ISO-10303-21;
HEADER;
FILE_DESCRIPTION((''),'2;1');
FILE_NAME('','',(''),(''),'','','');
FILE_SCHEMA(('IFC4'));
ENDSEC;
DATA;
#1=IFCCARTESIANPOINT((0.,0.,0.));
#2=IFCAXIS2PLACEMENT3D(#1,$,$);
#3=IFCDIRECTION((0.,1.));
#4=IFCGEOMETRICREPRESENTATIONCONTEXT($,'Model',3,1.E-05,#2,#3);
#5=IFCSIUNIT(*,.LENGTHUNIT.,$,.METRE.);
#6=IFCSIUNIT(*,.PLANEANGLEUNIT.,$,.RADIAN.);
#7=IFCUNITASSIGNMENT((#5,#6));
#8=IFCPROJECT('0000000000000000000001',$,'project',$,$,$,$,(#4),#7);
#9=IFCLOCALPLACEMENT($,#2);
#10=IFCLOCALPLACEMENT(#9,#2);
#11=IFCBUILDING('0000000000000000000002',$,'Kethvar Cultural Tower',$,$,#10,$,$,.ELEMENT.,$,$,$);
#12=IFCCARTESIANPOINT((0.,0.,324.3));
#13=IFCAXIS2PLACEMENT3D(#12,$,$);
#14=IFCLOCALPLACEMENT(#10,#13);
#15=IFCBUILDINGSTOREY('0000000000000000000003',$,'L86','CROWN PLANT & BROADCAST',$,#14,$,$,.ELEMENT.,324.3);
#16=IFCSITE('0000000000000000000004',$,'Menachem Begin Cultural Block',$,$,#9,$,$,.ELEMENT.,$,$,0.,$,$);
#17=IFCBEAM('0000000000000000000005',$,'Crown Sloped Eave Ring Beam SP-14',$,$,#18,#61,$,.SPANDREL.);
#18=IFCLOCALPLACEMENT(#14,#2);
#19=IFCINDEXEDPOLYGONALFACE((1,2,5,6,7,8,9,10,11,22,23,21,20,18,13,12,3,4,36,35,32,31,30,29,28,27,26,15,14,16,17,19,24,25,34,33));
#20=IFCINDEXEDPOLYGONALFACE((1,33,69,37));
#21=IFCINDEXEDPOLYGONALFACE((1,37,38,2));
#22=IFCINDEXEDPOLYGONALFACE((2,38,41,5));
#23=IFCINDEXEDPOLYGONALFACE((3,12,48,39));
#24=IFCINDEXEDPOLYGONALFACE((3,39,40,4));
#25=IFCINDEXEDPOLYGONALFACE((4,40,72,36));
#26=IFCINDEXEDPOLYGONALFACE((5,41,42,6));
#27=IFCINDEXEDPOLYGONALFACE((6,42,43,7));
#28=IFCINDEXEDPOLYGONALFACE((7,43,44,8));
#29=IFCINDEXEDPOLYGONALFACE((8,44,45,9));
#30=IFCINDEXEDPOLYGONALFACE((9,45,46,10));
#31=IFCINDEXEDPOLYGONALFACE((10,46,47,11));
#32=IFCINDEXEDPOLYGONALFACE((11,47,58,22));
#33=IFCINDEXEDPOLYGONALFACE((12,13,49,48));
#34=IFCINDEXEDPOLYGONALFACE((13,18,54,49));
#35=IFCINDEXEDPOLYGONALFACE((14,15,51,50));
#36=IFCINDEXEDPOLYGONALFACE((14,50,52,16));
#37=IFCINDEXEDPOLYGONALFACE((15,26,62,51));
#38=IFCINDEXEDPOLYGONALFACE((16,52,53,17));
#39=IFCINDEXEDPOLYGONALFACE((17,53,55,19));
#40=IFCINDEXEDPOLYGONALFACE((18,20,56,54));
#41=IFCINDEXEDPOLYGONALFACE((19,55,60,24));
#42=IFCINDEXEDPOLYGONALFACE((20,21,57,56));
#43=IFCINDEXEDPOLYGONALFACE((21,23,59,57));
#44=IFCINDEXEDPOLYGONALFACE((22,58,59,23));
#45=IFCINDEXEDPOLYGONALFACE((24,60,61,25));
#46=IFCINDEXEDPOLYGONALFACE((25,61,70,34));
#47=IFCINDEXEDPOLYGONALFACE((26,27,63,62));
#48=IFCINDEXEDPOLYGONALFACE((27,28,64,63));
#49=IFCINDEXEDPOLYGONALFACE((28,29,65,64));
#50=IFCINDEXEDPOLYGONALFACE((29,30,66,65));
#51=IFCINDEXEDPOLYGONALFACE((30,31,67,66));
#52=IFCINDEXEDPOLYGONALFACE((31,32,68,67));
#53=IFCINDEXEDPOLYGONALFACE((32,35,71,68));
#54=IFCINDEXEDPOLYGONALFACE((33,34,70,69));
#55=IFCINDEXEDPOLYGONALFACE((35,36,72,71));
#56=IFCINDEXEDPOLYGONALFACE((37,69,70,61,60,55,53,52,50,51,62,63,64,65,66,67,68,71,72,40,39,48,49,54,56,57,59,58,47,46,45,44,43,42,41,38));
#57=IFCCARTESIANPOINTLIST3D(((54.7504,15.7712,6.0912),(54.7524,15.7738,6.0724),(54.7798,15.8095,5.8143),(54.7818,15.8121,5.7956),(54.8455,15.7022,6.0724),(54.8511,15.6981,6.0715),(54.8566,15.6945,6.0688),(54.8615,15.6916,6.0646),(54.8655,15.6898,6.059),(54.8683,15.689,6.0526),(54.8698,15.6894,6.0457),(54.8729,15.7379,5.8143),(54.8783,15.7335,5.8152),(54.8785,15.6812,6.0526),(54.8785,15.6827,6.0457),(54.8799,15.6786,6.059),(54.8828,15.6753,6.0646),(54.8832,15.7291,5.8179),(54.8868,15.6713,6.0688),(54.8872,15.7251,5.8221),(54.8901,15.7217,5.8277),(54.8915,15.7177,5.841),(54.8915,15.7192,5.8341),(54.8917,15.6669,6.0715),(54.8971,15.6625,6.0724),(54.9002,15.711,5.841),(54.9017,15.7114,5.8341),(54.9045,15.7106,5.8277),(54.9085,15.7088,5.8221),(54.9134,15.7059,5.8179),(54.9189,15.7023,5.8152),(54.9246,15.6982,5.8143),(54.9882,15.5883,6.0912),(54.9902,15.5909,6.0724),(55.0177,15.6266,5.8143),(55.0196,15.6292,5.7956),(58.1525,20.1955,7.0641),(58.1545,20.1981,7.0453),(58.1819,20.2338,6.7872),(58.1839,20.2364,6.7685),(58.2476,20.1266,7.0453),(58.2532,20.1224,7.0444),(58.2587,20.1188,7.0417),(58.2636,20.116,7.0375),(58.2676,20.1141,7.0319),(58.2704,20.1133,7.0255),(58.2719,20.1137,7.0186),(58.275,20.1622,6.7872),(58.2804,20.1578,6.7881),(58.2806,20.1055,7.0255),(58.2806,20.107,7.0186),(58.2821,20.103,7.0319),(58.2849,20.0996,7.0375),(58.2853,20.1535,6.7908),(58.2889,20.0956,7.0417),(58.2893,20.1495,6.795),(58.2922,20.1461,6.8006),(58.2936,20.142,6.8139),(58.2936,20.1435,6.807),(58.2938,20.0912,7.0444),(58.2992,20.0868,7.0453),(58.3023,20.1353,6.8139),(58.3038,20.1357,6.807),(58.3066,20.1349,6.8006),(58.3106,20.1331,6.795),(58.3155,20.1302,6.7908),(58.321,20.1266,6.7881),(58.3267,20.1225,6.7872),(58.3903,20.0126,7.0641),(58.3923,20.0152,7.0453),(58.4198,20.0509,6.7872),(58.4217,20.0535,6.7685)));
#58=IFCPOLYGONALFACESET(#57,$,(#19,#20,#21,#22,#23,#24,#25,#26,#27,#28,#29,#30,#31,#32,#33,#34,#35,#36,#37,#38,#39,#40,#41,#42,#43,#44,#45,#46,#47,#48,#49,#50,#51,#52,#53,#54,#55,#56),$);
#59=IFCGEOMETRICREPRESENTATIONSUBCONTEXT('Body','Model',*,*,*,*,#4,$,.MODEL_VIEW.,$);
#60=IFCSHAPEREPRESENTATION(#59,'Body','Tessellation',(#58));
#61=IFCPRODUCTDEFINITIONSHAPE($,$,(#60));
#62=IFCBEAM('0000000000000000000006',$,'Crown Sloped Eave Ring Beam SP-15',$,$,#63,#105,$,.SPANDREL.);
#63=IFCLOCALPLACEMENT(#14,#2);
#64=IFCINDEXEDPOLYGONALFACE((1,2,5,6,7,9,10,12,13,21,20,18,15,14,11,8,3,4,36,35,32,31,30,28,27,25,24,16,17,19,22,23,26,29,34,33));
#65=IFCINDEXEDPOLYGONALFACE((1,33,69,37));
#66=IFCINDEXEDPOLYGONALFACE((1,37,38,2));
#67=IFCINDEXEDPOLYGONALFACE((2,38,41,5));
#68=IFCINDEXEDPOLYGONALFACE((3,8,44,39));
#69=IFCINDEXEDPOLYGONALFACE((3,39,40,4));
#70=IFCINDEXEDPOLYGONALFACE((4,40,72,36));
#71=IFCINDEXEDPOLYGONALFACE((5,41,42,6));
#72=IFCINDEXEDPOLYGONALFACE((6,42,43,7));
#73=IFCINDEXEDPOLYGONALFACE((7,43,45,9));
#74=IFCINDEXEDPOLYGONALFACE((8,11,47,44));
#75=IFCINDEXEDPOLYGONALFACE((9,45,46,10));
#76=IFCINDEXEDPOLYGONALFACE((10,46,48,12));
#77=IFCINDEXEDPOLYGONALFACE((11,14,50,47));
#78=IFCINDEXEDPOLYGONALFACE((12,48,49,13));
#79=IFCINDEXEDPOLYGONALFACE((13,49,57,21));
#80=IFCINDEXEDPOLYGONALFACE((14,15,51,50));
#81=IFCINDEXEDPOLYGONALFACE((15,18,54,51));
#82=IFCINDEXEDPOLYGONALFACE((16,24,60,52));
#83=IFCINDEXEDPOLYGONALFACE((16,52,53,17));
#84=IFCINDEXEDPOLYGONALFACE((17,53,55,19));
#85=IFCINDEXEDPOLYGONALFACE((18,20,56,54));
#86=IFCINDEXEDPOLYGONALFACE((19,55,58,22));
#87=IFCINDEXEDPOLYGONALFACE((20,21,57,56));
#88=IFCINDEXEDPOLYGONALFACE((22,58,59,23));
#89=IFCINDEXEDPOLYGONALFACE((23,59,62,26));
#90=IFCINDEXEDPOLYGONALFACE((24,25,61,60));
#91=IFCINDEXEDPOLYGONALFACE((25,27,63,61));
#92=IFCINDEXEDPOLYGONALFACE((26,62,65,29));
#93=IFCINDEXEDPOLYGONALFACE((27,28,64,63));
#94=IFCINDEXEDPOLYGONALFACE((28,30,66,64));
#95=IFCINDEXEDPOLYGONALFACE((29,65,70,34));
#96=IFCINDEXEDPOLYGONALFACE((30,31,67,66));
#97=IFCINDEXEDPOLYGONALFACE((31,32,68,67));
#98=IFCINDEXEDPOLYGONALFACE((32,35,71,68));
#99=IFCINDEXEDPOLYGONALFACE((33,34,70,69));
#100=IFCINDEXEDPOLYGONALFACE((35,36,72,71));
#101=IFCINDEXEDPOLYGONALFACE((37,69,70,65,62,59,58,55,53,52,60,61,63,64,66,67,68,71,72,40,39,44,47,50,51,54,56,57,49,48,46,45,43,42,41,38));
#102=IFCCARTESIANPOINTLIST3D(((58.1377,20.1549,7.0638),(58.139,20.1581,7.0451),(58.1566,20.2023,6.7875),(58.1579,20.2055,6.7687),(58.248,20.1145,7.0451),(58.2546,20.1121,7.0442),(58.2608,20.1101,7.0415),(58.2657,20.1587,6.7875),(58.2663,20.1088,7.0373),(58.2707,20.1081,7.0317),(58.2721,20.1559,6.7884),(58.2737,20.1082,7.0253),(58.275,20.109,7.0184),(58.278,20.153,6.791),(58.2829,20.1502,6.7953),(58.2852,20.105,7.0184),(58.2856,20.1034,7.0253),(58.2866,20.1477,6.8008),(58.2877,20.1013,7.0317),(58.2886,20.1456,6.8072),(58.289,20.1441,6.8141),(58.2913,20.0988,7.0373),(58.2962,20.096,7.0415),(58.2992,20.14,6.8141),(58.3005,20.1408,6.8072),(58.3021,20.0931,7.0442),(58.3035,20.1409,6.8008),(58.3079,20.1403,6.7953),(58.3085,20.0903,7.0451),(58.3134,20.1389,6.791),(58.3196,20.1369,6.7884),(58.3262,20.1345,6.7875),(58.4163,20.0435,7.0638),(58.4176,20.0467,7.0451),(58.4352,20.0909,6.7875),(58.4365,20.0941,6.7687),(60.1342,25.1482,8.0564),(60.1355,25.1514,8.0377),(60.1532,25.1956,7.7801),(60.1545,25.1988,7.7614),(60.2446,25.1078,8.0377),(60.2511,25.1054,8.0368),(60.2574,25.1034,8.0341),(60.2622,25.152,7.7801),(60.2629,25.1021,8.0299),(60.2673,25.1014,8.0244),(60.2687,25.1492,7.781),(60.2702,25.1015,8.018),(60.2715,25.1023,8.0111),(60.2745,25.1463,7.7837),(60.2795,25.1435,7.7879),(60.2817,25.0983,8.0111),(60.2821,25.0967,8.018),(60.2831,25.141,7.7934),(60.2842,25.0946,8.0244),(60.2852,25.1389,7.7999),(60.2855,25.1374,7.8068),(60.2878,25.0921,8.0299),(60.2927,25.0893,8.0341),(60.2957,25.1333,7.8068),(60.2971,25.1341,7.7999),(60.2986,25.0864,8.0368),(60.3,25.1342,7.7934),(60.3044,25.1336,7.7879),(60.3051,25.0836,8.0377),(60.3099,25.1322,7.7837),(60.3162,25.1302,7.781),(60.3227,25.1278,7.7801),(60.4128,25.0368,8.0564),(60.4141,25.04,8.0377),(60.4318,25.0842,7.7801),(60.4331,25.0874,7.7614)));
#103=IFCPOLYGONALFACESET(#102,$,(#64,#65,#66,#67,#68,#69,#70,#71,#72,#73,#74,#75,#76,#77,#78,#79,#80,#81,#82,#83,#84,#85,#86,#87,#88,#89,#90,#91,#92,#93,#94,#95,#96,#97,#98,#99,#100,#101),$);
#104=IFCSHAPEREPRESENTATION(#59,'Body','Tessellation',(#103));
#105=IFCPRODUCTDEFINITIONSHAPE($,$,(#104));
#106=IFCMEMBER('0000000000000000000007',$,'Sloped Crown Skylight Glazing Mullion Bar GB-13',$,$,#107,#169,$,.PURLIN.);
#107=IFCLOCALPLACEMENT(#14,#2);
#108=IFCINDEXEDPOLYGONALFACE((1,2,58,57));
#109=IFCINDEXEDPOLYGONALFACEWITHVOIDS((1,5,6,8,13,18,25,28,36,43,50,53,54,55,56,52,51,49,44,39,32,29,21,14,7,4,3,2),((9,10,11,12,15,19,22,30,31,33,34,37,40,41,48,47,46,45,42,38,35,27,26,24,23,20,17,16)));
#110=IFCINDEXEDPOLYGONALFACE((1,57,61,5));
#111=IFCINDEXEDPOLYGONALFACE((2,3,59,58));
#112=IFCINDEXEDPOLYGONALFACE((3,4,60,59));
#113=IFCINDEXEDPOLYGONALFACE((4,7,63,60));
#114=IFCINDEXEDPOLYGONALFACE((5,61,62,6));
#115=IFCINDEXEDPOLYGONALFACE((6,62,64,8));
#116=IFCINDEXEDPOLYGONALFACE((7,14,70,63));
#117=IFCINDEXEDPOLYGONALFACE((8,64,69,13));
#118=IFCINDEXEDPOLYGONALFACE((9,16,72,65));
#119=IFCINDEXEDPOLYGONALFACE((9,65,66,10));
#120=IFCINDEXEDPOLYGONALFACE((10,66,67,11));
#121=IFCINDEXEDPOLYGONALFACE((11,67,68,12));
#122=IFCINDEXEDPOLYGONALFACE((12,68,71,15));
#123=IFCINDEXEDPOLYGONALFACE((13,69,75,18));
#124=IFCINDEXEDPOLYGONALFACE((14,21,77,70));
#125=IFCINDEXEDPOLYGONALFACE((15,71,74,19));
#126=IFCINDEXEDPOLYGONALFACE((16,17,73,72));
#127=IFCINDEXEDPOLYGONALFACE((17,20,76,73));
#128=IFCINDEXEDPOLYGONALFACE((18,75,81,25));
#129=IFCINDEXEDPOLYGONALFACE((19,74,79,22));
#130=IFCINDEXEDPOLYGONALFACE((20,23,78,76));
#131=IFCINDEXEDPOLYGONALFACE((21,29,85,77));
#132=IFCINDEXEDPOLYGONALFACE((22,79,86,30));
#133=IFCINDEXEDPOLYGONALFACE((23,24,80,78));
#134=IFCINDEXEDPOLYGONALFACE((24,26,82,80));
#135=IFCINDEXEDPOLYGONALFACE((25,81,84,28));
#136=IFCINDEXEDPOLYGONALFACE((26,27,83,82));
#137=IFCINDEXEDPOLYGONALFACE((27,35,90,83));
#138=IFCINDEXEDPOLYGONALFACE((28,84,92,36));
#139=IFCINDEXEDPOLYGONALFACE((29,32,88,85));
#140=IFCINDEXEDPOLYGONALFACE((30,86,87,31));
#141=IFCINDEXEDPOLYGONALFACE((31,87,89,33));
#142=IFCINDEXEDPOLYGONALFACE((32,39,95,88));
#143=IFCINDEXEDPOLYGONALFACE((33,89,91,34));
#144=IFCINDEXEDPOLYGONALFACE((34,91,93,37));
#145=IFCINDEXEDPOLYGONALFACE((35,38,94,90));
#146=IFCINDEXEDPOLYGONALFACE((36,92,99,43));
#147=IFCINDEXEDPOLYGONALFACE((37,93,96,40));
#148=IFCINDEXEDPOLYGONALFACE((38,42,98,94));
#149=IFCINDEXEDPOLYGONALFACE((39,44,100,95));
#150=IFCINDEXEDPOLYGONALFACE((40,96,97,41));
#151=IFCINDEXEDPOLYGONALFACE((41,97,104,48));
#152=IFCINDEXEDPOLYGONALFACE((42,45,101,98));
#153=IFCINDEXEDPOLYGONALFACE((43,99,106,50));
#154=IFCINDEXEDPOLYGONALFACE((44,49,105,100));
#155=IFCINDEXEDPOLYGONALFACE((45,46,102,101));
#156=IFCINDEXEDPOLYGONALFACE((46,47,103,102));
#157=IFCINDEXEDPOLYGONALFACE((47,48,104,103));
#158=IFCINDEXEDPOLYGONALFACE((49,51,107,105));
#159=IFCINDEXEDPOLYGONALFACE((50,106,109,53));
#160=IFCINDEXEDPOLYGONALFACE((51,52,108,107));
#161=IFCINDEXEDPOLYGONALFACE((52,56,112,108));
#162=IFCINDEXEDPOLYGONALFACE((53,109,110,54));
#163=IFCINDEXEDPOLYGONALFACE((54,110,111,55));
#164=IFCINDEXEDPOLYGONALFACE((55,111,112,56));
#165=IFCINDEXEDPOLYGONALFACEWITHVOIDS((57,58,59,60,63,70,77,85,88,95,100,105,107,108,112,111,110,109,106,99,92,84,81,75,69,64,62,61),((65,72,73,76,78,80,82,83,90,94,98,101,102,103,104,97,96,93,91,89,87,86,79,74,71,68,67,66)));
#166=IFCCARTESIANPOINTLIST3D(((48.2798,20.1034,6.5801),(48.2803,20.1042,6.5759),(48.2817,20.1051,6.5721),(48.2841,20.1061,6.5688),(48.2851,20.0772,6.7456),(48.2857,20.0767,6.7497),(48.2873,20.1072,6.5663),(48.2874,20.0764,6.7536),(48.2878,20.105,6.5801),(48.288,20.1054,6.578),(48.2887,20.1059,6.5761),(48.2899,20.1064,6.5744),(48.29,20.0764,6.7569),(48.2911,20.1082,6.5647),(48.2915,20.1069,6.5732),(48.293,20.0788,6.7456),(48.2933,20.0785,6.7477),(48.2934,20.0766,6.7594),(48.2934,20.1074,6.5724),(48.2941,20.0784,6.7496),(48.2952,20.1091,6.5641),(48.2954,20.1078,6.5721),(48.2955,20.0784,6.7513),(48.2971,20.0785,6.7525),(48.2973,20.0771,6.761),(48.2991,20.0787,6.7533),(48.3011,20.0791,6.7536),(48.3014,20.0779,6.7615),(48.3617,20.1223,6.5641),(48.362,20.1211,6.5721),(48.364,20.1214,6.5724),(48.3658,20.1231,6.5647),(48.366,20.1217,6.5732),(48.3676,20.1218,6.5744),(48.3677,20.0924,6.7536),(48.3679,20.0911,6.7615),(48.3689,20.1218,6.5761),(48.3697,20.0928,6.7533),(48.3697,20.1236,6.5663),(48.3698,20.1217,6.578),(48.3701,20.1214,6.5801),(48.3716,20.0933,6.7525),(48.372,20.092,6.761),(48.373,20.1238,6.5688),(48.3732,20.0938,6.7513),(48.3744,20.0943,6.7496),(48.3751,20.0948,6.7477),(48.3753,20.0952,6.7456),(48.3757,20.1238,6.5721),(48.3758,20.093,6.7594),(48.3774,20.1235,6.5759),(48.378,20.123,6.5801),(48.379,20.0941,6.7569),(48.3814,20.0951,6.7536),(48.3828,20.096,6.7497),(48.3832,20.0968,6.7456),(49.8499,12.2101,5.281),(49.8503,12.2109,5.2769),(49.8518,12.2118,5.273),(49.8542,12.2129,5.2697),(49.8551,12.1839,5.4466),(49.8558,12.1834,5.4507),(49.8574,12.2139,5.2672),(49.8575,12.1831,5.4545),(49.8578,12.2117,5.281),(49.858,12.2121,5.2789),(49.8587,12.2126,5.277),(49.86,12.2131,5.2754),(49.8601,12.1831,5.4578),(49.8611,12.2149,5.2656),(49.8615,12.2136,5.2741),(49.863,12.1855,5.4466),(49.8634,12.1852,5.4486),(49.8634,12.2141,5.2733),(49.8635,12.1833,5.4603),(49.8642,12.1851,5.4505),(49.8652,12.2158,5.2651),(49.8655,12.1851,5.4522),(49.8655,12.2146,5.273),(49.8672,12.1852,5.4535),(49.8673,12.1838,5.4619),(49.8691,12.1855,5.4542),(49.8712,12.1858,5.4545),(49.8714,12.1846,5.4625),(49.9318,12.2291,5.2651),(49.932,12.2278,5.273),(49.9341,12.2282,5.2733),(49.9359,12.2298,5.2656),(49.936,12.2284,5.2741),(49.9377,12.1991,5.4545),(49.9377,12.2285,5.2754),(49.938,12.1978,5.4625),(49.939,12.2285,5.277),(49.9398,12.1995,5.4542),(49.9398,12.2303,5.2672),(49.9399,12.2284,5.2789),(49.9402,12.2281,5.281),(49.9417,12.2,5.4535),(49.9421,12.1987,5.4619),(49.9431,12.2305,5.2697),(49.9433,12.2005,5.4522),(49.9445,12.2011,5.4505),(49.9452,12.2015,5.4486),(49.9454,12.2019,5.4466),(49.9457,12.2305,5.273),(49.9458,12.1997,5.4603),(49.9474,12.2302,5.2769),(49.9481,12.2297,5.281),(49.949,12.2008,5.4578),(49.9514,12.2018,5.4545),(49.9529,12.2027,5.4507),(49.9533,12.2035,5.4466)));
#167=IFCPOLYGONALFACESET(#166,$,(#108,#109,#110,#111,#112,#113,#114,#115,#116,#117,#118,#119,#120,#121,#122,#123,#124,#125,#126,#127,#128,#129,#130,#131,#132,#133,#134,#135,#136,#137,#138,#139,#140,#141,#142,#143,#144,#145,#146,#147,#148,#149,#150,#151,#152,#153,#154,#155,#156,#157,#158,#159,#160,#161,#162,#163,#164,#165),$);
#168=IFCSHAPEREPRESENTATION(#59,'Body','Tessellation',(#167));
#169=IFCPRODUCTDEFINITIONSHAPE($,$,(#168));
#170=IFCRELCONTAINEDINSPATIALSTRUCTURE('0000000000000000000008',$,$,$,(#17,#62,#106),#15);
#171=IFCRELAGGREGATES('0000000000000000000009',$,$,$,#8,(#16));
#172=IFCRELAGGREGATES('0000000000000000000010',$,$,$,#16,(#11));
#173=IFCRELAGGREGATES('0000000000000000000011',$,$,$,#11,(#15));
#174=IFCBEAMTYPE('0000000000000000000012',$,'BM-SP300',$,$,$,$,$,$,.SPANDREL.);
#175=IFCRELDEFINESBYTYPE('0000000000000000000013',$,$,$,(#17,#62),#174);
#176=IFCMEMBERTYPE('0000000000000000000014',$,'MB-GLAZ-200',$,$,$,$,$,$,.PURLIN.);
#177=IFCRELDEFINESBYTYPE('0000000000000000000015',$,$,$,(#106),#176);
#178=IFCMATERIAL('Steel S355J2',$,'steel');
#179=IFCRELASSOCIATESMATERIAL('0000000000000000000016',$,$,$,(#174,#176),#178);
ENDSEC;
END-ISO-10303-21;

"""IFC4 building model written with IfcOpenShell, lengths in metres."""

from ifc_helpers import new_model, si_unit, direction, frame, origin, origin_2d, place, context, subcontext, project, spatial, hollow_rectangle, i_section, extrude, source, transform, mapped, material, material_profile, profile_set, type_object, element, save


model = new_model("IFC4")

# Units and contexts
model_context = context("Model", 3, precision=1e-05, world=origin(), true_north=direction((0.0, 1.0)))
body_context = subcontext(model_context, "Body", "Model", "MODEL_VIEW")
ifc_project = project(units=[si_unit("LENGTHUNIT", "METRE"), si_unit("PLANEANGLEUNIT", "RADIAN")], contexts=[model_context])

# Site, building, storey
site_placement = place(None, origin())
site = spatial("IfcSite", under=ifc_project, at=site_placement, Name="Menachem Begin Cultural Block", CompositionType="ELEMENT", RefElevation=0.0)
building_placement = place(site_placement, origin())
building = spatial("IfcBuilding", under=site, at=building_placement, Name="Kethvar Cultural Tower", CompositionType="ELEMENT")
storey_placement = place(building_placement, frame((0.0, 0.0, 324.3)))
storey = spatial("IfcBuildingStorey", under=building, at=storey_placement, Name="L86", Description="CROWN PLANT & BROADCAST", CompositionType="ELEMENT", Elevation=324.3)

# Beams
ifc_material_1 = material(Name="Steel S355J2", Category="steel")
ifc_material_profile_1 = material_profile(ifc_material_1, i_section(OverallWidth=0.3, OverallDepth=0.3, WebThickness=0.011, FlangeThickness=0.019, FilletRadius=0.0271, at=origin_2d()), Name="Steel S355J2 — HEB300")
ifc_profile_set_1 = profile_set([ifc_material_profile_1], Name="Steel S355J2 — HEB300")
beam_type_1 = type_object("IfcBeamType", Name="BM-SP300", PredefinedType="SPANDREL", material=ifc_profile_set_1)
shared_shape_1 = source(origin(), body_context, "Body", "SweptSolid", [
    extrude(i_section(OverallWidth=0.3, OverallDepth=0.3, WebThickness=0.011, FlangeThickness=0.019, FilletRadius=0.0271, at=origin_2d()), origin(), (0.0, 0.0, 1.0), 5.6653),
])
beam_1_placement = place(storey_placement, frame((54.885, 15.7002, 5.9434), z_axis=(0.600518, 0.780953, 0.17173), x_axis=(-0.79273, 0.609573, 0.0)))
element("IfcBeam", 1, at=beam_1_placement, inside=storey, type_object=beam_type_1, Name="Crown Sloped Eave Ring Beam SP-14", PredefinedType="SPANDREL", context=body_context, shape_type="MappedRepresentation", body=[
    mapped(shared_shape_1, transform((0.0, 0.0, 0.0), scale=1.0)),
])
shared_shape_2 = source(origin(), body_context, "Body", "SweptSolid", [
    extrude(i_section(OverallWidth=0.3, OverallDepth=0.3, WebThickness=0.011, FlangeThickness=0.019, FilletRadius=0.0271, at=origin_2d()), origin(), (0.0, 0.0, 1.0), 5.4685),
])
beam_2_placement = place(storey_placement, frame((58.2871, 20.1245, 6.9163), z_axis=(0.365098, 0.913101, 0.181522), x_axis=(-0.928527, 0.371265, 0.0)))
element("IfcBeam", 2, at=beam_2_placement, inside=storey, type_object=beam_type_1, Name="Crown Sloped Eave Ring Beam SP-15", PredefinedType="SPANDREL", context=body_context, shape_type="MappedRepresentation", body=[
    mapped(shared_shape_2, transform((0.0, 0.0, 0.0), scale=1.0)),
])

# Member
ifc_material_profile_2 = material_profile(ifc_material_1, hollow_rectangle(XDim=0.1001, YDim=0.2, WallThickness=0.0081, InnerFilletRadius=0.0081, OuterFilletRadius=0.0161, at=origin_2d()), Name="Steel S355J2 — RHS200x100x8")
ifc_profile_set_2 = profile_set([ifc_material_profile_2], Name="Steel S355J2 — RHS200x100x8")
member_type_1 = type_object("IfcMemberType", Name="MB-GLAZ-200", PredefinedType="PURLIN", material=ifc_profile_set_2)
shared_shape_3 = source(origin(), body_context, "Body", "SweptSolid", [
    extrude(hollow_rectangle(XDim=0.1001, YDim=0.2, WallThickness=0.0081, InnerFilletRadius=0.0081, OuterFilletRadius=0.0161, at=origin_2d()), origin(), (0.0, 0.0, 1.0), 8.1521),
])
member_1_placement = place(storey_placement, frame((48.3315, 20.1001, 6.6628), z_axis=(0.192596, -0.968253, -0.159354), x_axis=(0.980785, 0.195089, 0.0)))
element("IfcMember", 3, at=member_1_placement, inside=storey, type_object=member_type_1, Name="Sloped Crown Skylight Glazing Mullion Bar GB-13", PredefinedType="PURLIN", context=body_context, shape_type="MappedRepresentation", body=[
    mapped(shared_shape_3, transform((0.0, 0.0, 0.0), scale=1.0)),
])

save(model, "model.ifc")
